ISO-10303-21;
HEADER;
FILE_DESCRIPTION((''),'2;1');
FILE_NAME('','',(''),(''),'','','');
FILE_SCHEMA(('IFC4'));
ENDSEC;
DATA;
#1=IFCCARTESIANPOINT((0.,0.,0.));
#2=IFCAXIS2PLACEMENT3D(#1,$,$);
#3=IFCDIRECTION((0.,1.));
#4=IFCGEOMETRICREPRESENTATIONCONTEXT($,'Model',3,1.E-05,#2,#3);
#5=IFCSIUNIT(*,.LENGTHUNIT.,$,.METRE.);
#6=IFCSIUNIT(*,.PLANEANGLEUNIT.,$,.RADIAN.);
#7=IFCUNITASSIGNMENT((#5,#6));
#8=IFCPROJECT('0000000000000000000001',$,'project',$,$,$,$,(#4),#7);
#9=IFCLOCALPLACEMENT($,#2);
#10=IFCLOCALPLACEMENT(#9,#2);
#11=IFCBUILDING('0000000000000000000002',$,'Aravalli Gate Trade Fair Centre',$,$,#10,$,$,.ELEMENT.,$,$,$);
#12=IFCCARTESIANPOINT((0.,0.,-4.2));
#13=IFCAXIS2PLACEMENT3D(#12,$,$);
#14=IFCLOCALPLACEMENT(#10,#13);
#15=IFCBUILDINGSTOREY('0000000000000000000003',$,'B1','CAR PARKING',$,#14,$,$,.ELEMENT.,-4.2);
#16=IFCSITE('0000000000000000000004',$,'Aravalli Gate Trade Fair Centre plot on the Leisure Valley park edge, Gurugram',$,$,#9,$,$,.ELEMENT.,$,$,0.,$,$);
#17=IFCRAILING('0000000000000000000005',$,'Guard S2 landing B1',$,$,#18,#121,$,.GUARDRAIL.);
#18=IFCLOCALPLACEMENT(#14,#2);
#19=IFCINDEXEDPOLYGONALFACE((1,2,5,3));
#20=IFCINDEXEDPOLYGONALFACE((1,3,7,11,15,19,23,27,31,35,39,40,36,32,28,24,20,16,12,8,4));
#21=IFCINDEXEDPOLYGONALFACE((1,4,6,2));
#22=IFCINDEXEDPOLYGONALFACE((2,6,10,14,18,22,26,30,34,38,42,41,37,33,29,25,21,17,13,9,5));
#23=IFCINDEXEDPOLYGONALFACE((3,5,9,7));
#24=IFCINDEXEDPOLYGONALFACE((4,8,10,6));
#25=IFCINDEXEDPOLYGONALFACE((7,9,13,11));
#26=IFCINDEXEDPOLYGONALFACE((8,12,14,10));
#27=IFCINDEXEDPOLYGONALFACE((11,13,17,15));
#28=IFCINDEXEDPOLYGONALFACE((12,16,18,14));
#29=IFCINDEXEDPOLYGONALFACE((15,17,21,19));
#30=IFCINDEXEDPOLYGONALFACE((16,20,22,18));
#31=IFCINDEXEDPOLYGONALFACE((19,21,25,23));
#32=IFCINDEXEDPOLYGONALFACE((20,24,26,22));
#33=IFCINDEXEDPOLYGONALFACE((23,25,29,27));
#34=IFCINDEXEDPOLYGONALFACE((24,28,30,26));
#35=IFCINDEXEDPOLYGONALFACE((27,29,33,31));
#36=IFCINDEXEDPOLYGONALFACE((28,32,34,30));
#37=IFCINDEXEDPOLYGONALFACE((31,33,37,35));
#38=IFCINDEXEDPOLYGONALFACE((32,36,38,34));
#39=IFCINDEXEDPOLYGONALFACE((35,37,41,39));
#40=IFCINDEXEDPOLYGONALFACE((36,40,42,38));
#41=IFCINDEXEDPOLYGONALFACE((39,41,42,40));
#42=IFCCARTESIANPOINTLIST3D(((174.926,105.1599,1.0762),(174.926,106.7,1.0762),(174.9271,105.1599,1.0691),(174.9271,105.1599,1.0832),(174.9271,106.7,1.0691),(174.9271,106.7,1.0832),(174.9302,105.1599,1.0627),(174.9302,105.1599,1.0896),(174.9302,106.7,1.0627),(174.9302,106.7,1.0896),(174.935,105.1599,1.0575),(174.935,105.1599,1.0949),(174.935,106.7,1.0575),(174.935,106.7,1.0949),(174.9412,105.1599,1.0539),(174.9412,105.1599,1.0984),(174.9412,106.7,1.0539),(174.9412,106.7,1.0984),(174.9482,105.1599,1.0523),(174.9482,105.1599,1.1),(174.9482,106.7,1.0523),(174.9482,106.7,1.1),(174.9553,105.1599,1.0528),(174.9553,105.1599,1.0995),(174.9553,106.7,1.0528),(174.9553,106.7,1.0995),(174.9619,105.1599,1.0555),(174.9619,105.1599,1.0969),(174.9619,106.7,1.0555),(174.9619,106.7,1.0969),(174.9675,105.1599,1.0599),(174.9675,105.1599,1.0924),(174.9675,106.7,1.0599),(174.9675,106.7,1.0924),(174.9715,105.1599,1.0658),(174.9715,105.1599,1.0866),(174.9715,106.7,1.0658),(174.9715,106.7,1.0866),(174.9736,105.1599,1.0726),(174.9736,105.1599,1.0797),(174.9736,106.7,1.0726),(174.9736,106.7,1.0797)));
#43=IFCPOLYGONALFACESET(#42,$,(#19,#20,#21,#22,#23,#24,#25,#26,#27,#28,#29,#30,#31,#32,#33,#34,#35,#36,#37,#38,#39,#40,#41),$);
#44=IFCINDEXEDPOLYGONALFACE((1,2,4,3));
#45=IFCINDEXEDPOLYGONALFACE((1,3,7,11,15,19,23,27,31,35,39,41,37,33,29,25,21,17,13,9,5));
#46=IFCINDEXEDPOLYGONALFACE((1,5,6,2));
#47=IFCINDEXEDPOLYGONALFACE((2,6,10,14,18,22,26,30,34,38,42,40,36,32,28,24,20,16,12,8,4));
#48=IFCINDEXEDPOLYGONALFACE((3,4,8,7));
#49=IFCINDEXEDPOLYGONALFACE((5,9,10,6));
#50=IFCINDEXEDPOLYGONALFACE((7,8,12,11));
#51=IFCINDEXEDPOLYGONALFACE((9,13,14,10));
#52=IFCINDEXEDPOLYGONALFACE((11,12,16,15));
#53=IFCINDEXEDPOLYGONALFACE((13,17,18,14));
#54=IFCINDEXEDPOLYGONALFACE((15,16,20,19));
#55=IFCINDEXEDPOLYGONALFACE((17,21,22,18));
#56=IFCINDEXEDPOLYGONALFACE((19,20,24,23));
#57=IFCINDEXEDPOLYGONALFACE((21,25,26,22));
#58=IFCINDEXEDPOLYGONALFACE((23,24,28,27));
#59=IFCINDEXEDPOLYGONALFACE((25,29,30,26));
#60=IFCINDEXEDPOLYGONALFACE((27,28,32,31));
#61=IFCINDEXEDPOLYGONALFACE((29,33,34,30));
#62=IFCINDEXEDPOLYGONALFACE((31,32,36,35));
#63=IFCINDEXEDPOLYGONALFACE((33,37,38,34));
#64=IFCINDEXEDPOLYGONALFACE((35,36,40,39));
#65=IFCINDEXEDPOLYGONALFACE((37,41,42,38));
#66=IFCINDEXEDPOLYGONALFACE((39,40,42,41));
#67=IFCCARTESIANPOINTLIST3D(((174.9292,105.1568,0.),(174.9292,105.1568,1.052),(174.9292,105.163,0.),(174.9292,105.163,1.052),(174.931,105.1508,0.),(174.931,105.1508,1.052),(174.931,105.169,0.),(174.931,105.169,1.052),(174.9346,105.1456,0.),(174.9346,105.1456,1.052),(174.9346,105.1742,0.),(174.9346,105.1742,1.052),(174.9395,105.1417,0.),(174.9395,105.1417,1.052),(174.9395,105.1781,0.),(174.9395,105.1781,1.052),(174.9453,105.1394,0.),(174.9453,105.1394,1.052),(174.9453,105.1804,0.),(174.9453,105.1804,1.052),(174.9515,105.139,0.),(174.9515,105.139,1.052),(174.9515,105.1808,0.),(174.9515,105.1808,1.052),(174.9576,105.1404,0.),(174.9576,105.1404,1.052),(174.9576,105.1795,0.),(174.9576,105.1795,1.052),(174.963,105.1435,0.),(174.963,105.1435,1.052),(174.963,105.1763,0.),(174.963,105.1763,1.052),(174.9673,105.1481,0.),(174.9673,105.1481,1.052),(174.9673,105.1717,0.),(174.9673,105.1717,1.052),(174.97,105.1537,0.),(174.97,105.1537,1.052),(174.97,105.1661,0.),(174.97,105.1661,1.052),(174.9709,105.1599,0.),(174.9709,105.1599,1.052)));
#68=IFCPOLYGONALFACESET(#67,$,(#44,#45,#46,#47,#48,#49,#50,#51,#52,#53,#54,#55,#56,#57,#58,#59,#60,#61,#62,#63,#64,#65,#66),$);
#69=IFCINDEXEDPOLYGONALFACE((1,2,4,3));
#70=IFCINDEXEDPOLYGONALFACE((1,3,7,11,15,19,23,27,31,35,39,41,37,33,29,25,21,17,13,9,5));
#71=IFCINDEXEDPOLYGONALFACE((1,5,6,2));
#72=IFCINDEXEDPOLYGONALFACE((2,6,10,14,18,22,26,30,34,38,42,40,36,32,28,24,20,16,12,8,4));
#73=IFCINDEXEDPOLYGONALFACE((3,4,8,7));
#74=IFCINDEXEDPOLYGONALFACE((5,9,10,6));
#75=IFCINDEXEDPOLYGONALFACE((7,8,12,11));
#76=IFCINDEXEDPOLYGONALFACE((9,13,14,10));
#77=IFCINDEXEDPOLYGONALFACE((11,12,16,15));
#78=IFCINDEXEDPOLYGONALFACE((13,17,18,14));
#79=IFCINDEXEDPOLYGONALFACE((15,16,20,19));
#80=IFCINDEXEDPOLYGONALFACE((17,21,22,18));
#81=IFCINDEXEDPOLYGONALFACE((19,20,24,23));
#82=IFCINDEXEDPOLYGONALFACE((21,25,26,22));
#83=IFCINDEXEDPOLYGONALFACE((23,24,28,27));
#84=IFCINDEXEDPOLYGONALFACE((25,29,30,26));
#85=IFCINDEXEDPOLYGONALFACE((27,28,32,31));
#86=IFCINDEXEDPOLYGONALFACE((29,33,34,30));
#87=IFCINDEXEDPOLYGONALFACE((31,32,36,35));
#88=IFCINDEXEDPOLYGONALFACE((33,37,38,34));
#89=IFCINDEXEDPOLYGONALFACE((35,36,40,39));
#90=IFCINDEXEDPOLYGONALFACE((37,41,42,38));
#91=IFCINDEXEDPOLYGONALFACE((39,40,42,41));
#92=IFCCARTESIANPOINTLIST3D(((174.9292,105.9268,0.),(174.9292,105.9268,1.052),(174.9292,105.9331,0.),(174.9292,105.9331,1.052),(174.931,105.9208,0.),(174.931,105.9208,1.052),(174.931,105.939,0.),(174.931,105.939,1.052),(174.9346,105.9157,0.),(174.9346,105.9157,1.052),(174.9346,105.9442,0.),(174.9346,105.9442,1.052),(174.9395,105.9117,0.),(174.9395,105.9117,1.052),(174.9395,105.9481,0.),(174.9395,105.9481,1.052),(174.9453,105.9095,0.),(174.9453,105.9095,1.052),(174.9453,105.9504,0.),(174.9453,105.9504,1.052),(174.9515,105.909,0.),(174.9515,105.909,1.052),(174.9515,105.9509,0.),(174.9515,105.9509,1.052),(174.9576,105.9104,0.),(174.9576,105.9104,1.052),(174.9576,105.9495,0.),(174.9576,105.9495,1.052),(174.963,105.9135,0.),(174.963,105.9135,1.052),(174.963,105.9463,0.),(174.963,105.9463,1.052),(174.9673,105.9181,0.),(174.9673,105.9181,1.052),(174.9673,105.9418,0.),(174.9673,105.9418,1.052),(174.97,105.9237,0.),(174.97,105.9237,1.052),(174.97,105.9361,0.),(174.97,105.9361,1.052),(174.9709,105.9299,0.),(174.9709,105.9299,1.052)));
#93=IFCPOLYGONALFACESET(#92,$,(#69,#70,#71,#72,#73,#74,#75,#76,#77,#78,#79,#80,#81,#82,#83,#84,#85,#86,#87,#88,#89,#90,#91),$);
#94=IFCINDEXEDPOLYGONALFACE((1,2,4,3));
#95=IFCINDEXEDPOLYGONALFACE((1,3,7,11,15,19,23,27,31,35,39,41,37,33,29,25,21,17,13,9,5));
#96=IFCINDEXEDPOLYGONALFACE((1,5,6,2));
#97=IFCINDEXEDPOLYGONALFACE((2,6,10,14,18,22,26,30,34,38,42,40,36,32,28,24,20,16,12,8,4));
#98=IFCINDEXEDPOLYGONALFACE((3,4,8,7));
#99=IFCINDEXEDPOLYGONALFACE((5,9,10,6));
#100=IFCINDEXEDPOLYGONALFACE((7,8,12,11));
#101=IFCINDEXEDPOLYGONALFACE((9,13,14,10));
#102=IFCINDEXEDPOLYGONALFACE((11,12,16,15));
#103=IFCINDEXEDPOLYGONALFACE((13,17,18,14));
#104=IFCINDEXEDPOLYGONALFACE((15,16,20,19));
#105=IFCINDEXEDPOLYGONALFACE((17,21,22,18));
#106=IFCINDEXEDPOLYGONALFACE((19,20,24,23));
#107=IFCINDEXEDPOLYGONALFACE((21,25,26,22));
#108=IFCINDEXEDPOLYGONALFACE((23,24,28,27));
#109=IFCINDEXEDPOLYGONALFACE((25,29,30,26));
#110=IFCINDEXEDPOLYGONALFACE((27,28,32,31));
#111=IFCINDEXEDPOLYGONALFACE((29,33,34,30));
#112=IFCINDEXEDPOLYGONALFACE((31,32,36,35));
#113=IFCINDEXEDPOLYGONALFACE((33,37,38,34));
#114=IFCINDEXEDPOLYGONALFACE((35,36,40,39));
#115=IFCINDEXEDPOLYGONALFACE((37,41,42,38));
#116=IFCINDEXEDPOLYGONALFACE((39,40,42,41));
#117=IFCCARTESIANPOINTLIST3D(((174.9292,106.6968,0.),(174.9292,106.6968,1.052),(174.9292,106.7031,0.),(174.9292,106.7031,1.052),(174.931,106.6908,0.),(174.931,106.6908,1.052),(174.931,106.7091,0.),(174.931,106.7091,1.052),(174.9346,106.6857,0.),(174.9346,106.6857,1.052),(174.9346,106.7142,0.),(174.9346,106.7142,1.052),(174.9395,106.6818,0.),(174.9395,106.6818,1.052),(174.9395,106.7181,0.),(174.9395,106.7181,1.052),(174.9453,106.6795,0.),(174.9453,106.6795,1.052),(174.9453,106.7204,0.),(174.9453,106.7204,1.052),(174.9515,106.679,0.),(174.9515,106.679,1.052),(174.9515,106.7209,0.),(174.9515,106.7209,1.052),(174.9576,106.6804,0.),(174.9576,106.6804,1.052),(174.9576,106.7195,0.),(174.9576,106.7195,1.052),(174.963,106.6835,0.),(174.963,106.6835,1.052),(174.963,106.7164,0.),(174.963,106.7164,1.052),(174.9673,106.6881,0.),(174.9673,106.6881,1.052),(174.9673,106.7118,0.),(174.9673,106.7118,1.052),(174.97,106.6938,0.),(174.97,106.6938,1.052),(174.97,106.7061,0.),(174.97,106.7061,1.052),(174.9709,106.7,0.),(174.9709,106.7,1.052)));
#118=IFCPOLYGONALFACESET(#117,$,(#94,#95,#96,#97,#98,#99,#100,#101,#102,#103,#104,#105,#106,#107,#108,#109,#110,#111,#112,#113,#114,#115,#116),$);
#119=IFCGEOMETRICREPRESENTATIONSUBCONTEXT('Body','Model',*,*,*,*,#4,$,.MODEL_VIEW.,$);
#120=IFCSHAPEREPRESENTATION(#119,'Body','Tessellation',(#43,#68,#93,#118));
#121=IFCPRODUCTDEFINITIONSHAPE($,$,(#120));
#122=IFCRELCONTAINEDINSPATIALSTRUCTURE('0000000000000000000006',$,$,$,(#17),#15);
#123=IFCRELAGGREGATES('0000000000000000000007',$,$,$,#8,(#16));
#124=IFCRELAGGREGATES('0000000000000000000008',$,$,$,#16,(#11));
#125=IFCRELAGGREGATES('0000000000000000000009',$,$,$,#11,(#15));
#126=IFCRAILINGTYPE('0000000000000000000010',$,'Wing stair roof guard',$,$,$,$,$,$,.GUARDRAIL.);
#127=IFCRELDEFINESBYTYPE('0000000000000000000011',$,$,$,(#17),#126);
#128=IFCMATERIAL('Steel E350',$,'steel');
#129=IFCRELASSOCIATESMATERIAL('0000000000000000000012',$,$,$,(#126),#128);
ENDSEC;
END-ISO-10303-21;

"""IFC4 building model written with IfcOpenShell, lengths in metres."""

from ifc_helpers import new_model, si_unit, direction, frame, origin, origin_2d, place, context, subcontext, project, spatial, circle, extrude, material, type_object, element, save


model = new_model("IFC4")

# Units and contexts
model_context = context("Model", 3, precision=1e-05, world=origin(), true_north=direction((0.0, 1.0)))
body_context = subcontext(model_context, "Body", "Model", "MODEL_VIEW")
ifc_project = project(units=[si_unit("LENGTHUNIT", "METRE"), si_unit("PLANEANGLEUNIT", "RADIAN")], contexts=[model_context])

# Site, building, storey
site_placement = place(None, origin())
site = spatial("IfcSite", under=ifc_project, at=site_placement, Name="Aravalli Gate Trade Fair Centre plot on the Leisure Valley park edge, Gurugram", CompositionType="ELEMENT", RefElevation=0.0)
building_placement = place(site_placement, origin())
building = spatial("IfcBuilding", under=site, at=building_placement, Name="Aravalli Gate Trade Fair Centre", CompositionType="ELEMENT")
storey_placement = place(building_placement, frame((0.0, 0.0, -4.2)))
storey = spatial("IfcBuildingStorey", under=building, at=storey_placement, Name="B1", Description="CAR PARKING", CompositionType="ELEMENT", Elevation=-4.2)

# Shared definitions
ifc_material_1 = material(Name="Steel E350", Category="steel")

# Railing
railing_type_1 = type_object("IfcRailingType", Name="Wing stair roof guard", PredefinedType="GUARDRAIL", material=ifc_material_1)
railing_1_placement = place(storey_placement, frame((174.95, 105.1599, 0.0)))
element("IfcRailing", 1, at=railing_1_placement, inside=storey, type_object=railing_type_1, Name="Guard S2 landing B1", PredefinedType="GUARDRAIL", context=body_context, shape_type="SweptSolid", body=[
    extrude(circle(Radius=0.0239, at=origin_2d()), frame((0.0, 0.0, 1.0762), z_axis=(0.0, 1.0, 0.0), x_axis=(-1.0, 0.0, 0.0)), (0.0, 0.0, 1.0), 1.54),
    extrude(circle(Radius=0.021, at=origin_2d()), origin(), (0.0, 0.0, 1.0), 1.052),
    extrude(circle(Radius=0.021, at=origin_2d()), frame((0.0, 0.77, 0.0)), (0.0, 0.0, 1.0), 1.052),
    extrude(circle(Radius=0.021, at=origin_2d()), frame((0.0, 1.54, 0.0)), (0.0, 0.0, 1.0), 1.052),
])

save(model, "model.ifc")
